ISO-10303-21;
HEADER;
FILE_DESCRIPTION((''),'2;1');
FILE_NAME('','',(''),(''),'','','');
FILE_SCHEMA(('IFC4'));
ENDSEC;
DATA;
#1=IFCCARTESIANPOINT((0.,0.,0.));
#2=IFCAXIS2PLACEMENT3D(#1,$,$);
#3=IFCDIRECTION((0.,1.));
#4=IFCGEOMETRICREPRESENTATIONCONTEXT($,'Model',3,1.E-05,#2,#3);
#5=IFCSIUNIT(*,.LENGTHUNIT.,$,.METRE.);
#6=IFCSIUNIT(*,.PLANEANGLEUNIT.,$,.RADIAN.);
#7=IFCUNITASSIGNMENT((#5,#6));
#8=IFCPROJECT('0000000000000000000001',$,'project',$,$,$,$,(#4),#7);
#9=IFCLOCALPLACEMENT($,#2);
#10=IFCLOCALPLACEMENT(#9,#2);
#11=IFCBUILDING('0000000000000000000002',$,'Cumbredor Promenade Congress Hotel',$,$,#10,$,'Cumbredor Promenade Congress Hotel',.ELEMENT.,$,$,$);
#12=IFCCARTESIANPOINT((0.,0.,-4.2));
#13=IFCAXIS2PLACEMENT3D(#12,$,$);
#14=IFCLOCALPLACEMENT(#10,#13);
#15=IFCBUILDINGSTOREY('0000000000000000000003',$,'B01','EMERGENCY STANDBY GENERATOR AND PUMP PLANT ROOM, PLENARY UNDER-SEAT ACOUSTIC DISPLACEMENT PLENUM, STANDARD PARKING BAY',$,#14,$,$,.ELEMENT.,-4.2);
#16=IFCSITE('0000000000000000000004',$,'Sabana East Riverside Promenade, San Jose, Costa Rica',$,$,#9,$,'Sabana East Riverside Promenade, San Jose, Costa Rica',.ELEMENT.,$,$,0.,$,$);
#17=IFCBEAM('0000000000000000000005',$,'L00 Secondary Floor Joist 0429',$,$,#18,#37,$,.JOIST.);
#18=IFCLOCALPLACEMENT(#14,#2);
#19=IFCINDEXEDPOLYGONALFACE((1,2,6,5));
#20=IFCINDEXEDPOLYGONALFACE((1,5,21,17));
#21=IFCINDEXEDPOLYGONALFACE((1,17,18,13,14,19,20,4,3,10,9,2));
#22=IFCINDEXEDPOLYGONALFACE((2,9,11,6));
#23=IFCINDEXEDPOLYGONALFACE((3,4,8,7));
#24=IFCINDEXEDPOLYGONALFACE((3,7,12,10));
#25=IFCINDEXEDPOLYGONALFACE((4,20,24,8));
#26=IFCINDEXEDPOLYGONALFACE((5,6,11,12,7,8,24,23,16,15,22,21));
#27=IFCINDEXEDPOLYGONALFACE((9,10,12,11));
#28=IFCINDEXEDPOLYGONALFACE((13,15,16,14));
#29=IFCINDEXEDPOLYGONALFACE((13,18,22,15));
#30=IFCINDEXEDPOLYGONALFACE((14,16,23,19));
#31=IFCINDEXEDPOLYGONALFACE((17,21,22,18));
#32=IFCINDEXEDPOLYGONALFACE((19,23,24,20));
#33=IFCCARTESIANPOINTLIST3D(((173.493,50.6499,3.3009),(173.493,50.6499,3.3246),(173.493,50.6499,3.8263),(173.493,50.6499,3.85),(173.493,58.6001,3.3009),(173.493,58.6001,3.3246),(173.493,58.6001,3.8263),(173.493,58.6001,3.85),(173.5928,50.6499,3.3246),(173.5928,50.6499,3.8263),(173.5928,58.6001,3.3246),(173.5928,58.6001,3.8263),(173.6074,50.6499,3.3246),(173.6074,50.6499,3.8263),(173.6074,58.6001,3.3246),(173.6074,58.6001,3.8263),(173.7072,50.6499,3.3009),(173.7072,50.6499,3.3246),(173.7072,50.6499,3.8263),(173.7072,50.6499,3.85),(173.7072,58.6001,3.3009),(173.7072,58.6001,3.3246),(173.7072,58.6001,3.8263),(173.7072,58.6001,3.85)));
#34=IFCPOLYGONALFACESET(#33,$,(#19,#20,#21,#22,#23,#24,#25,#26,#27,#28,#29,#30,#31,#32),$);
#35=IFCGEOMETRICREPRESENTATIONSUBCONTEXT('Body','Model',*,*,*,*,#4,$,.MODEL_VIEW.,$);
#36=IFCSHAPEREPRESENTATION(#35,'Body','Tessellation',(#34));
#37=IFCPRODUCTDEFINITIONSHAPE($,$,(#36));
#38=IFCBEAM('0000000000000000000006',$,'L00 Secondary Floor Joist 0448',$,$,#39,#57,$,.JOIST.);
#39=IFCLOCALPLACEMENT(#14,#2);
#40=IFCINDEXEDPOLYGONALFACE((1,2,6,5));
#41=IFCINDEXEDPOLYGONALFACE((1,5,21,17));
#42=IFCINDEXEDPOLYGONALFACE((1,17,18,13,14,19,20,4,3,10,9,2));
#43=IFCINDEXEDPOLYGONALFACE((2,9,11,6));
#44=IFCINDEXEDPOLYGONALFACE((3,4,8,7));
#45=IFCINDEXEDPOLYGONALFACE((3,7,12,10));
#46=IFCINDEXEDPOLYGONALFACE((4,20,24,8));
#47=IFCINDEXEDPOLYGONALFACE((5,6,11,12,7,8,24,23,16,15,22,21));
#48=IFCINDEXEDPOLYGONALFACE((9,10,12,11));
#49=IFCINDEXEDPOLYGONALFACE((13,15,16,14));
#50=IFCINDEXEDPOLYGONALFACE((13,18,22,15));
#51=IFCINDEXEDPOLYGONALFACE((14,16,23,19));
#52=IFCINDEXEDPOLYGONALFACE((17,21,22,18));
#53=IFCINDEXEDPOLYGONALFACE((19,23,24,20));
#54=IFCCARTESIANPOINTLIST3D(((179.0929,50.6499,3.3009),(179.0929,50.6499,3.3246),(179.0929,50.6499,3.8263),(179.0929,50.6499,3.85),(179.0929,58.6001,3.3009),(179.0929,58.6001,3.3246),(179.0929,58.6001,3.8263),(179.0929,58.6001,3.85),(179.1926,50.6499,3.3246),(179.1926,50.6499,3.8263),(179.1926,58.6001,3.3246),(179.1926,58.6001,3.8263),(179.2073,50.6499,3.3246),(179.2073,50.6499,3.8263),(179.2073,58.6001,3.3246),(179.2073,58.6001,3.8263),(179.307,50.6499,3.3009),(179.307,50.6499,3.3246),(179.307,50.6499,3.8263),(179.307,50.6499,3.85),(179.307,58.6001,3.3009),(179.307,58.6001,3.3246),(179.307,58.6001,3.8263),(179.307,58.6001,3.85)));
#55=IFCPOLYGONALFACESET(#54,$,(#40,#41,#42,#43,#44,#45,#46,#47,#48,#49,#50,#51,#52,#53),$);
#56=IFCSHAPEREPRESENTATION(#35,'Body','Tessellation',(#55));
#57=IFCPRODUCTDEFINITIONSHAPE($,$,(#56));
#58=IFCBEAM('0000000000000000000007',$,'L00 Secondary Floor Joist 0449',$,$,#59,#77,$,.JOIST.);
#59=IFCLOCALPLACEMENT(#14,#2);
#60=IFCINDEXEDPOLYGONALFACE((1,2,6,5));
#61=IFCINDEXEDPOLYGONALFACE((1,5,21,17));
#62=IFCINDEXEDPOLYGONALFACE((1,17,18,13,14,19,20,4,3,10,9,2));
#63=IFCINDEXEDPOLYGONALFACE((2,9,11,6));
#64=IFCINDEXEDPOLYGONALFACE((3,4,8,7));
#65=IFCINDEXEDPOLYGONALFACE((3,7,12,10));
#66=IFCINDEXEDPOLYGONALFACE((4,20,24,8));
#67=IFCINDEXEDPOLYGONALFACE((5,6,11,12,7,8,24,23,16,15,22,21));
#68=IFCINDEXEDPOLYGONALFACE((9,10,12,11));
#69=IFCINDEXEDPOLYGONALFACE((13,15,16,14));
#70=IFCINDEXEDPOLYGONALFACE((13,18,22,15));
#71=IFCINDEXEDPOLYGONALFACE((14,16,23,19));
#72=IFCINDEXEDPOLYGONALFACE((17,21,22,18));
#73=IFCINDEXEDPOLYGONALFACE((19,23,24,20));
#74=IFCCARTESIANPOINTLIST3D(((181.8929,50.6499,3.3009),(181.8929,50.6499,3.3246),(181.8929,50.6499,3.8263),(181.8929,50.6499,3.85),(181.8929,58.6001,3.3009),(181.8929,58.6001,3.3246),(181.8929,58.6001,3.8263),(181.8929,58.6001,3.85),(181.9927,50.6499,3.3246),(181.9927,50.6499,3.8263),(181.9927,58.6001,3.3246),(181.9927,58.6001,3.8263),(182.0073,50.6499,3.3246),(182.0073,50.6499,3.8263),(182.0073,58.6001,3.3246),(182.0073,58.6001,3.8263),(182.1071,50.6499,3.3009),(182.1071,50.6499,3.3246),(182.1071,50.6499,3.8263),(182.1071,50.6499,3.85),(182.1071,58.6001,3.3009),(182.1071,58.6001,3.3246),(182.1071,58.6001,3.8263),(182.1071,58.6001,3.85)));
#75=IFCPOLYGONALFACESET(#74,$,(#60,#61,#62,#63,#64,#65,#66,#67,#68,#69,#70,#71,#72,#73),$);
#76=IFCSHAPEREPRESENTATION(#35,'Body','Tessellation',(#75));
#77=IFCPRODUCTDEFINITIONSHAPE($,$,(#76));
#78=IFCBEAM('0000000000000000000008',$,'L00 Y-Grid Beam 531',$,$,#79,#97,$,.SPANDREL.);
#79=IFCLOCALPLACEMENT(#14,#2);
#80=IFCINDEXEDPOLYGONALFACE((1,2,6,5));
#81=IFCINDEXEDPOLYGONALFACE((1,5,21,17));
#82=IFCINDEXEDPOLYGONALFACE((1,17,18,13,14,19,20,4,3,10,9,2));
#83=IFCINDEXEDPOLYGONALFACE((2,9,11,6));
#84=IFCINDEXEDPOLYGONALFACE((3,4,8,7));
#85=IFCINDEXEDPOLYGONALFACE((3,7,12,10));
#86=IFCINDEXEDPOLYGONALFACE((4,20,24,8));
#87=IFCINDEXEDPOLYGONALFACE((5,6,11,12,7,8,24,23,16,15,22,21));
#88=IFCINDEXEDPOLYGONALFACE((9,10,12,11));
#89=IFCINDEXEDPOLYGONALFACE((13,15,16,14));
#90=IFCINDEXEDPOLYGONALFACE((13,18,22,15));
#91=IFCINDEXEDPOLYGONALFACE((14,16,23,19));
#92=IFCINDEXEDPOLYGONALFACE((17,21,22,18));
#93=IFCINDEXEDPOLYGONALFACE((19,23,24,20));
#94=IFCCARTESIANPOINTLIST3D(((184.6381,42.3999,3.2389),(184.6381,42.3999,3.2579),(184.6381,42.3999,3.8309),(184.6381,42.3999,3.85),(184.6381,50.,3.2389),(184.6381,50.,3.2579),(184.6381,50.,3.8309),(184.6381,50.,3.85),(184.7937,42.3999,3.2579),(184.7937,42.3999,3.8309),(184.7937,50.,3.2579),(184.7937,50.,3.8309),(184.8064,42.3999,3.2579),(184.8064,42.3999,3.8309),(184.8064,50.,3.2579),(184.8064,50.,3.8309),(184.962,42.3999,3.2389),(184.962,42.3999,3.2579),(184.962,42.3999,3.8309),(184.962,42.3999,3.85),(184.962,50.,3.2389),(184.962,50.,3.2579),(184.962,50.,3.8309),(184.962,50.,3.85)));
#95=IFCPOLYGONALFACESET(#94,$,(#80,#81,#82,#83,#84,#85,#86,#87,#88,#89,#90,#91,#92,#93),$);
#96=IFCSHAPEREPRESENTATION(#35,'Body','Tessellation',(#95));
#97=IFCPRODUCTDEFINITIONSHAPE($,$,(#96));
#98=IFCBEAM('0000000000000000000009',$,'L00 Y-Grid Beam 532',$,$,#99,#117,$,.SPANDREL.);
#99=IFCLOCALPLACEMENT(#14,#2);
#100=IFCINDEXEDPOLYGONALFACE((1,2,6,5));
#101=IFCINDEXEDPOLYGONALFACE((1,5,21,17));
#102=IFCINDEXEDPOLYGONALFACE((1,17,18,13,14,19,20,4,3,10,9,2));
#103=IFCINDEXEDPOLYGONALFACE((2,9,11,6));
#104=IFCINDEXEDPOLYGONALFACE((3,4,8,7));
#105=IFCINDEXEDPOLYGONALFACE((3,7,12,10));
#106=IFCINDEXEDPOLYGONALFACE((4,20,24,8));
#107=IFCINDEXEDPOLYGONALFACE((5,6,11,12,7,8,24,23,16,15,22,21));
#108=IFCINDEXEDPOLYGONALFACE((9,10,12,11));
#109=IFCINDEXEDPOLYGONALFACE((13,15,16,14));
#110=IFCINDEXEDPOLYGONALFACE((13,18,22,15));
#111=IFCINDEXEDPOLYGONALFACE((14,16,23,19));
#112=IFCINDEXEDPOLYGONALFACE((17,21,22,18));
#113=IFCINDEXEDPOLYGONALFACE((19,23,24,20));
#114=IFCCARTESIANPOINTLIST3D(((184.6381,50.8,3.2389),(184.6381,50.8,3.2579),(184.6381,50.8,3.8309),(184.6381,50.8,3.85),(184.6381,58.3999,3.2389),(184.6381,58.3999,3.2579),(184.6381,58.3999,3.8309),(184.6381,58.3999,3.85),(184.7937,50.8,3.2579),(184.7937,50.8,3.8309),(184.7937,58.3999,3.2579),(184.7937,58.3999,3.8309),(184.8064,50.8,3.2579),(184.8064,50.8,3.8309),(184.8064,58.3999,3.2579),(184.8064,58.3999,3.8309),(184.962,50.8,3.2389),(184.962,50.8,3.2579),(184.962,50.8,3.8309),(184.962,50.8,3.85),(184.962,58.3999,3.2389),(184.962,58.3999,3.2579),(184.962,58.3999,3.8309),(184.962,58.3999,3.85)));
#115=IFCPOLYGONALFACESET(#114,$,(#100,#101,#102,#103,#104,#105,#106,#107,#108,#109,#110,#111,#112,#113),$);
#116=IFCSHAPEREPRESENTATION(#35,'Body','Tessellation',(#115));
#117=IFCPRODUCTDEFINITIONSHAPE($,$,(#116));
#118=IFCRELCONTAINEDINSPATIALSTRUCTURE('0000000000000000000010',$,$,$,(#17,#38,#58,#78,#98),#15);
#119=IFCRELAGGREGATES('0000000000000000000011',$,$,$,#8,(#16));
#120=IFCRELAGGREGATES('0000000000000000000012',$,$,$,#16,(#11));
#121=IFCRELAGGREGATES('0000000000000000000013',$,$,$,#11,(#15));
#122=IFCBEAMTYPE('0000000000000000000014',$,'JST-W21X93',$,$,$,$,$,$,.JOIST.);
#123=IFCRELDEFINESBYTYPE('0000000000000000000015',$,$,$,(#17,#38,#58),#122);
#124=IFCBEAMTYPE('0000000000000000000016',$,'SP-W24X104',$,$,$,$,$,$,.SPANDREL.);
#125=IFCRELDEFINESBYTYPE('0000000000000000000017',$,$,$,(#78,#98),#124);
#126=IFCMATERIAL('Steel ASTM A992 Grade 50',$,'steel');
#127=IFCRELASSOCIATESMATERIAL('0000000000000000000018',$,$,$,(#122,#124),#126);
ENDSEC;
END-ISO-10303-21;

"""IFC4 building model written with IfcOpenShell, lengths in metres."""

from ifc_helpers import new_model, si_unit, direction, frame, origin, origin_2d, place, context, subcontext, project, spatial, i_section, extrude, material, material_profile, profile_set, type_object, element, save


model = new_model("IFC4")

# Units and contexts
model_context = context("Model", 3, precision=1e-05, world=origin(), true_north=direction((0.0, 1.0)))
body_context = subcontext(model_context, "Body", "Model", "MODEL_VIEW")
ifc_project = project(units=[si_unit("LENGTHUNIT", "METRE"), si_unit("PLANEANGLEUNIT", "RADIAN")], contexts=[model_context])

# Site, building, storey
site_placement = place(None, origin())
site = spatial("IfcSite", under=ifc_project, at=site_placement, Name="Sabana East Riverside Promenade, San Jose, Costa Rica", LongName="Sabana East Riverside Promenade, San Jose, Costa Rica", CompositionType="ELEMENT", RefElevation=0.0)
building_placement = place(site_placement, origin())
building = spatial("IfcBuilding", under=site, at=building_placement, Name="Cumbredor Promenade Congress Hotel", LongName="Cumbredor Promenade Congress Hotel", CompositionType="ELEMENT")
storey_placement = place(building_placement, frame((0.0, 0.0, -4.2)))
storey = spatial("IfcBuildingStorey", under=building, at=storey_placement, Name="B01", Description="EMERGENCY STANDBY GENERATOR AND PUMP PLANT ROOM, PLENARY UNDER-SEAT ACOUSTIC DISPLACEMENT PLENUM, STANDARD PARKING BAY", CompositionType="ELEMENT", Elevation=-4.2)

# Beams
ifc_material_1 = material(Name="Steel ASTM A992 Grade 50", Category="steel")
ifc_material_profile_1 = material_profile(ifc_material_1, i_section(OverallWidth=0.2141, OverallDepth=0.5491, WebThickness=0.0146, FlangeThickness=0.0237, at=origin_2d()), Name="W21X93")
ifc_profile_set_1 = profile_set([ifc_material_profile_1], Name="Steel ASTM A992 Grade 50")
beam_type_1 = type_object("IfcBeamType", Name="JST-W21X93", PredefinedType="JOIST", material=ifc_profile_set_1)
for number, where, z_axis, x_axis, name in (
    (1, (173.6001, 50.6499, 3.5754), (0.0, 1.0, 0.0), (-1.0, 0.0, 0.0), "L00 Secondary Floor Joist 0429"),
    (2, (179.2, 50.6499, 3.5754), (0.0, 1.0, 0.0), (-1.0, 0.0, 0.0), "L00 Secondary Floor Joist 0448"),
    (3, (182.0, 50.6499, 3.5754), (0.0, 1.0, 0.0), (-1.0, 0.0, 0.0), "L00 Secondary Floor Joist 0449"),
):
    element("IfcBeam", number, at=place(storey_placement, frame(where, z_axis=z_axis, x_axis=x_axis)), inside=storey, type_object=beam_type_1, Name=name, PredefinedType="JOIST", context=body_context, shape_type="SweptSolid", body=[
        extrude(i_section(OverallWidth=0.2141, OverallDepth=0.5491, WebThickness=0.0146, FlangeThickness=0.0237, at=origin_2d()), origin(), (0.0, 0.0, 1.0), 7.9502),
    ])
ifc_material_profile_2 = material_profile(ifc_material_1, i_section(OverallWidth=0.324, OverallDepth=0.6111, WebThickness=0.0127, FlangeThickness=0.019, at=origin_2d()), Name="W24X104")
ifc_profile_set_2 = profile_set([ifc_material_profile_2], Name="Steel ASTM A992 Grade 50")
beam_type_2 = type_object("IfcBeamType", Name="SP-W24X104", PredefinedType="SPANDREL", material=ifc_profile_set_2)
beam_1_placement = place(storey_placement, frame((184.8, 42.3999, 3.5444), z_axis=(0.0, 1.0, 0.0), x_axis=(-1.0, 0.0, 0.0)))
element("IfcBeam", 4, at=beam_1_placement, inside=storey, type_object=beam_type_2, Name="L00 Y-Grid Beam 531", PredefinedType="SPANDREL", context=body_context, shape_type="SweptSolid", body=[
    extrude(i_section(OverallWidth=0.324, OverallDepth=0.6111, WebThickness=0.0127, FlangeThickness=0.019, at=origin_2d()), origin(), (0.0, 0.0, 1.0), 7.6001),
])
beam_2_placement = place(storey_placement, frame((184.8, 50.8, 3.5444), z_axis=(0.0, 1.0, 0.0), x_axis=(-1.0, 0.0, 0.0)))
element("IfcBeam", 5, at=beam_2_placement, inside=storey, type_object=beam_type_2, Name="L00 Y-Grid Beam 532", PredefinedType="SPANDREL", context=body_context, shape_type="SweptSolid", body=[
    extrude(i_section(OverallWidth=0.324, OverallDepth=0.6111, WebThickness=0.0127, FlangeThickness=0.019, at=origin_2d()), origin(), (0.0, 0.0, 1.0), 7.5999),
])

save(model, "model.ifc")
